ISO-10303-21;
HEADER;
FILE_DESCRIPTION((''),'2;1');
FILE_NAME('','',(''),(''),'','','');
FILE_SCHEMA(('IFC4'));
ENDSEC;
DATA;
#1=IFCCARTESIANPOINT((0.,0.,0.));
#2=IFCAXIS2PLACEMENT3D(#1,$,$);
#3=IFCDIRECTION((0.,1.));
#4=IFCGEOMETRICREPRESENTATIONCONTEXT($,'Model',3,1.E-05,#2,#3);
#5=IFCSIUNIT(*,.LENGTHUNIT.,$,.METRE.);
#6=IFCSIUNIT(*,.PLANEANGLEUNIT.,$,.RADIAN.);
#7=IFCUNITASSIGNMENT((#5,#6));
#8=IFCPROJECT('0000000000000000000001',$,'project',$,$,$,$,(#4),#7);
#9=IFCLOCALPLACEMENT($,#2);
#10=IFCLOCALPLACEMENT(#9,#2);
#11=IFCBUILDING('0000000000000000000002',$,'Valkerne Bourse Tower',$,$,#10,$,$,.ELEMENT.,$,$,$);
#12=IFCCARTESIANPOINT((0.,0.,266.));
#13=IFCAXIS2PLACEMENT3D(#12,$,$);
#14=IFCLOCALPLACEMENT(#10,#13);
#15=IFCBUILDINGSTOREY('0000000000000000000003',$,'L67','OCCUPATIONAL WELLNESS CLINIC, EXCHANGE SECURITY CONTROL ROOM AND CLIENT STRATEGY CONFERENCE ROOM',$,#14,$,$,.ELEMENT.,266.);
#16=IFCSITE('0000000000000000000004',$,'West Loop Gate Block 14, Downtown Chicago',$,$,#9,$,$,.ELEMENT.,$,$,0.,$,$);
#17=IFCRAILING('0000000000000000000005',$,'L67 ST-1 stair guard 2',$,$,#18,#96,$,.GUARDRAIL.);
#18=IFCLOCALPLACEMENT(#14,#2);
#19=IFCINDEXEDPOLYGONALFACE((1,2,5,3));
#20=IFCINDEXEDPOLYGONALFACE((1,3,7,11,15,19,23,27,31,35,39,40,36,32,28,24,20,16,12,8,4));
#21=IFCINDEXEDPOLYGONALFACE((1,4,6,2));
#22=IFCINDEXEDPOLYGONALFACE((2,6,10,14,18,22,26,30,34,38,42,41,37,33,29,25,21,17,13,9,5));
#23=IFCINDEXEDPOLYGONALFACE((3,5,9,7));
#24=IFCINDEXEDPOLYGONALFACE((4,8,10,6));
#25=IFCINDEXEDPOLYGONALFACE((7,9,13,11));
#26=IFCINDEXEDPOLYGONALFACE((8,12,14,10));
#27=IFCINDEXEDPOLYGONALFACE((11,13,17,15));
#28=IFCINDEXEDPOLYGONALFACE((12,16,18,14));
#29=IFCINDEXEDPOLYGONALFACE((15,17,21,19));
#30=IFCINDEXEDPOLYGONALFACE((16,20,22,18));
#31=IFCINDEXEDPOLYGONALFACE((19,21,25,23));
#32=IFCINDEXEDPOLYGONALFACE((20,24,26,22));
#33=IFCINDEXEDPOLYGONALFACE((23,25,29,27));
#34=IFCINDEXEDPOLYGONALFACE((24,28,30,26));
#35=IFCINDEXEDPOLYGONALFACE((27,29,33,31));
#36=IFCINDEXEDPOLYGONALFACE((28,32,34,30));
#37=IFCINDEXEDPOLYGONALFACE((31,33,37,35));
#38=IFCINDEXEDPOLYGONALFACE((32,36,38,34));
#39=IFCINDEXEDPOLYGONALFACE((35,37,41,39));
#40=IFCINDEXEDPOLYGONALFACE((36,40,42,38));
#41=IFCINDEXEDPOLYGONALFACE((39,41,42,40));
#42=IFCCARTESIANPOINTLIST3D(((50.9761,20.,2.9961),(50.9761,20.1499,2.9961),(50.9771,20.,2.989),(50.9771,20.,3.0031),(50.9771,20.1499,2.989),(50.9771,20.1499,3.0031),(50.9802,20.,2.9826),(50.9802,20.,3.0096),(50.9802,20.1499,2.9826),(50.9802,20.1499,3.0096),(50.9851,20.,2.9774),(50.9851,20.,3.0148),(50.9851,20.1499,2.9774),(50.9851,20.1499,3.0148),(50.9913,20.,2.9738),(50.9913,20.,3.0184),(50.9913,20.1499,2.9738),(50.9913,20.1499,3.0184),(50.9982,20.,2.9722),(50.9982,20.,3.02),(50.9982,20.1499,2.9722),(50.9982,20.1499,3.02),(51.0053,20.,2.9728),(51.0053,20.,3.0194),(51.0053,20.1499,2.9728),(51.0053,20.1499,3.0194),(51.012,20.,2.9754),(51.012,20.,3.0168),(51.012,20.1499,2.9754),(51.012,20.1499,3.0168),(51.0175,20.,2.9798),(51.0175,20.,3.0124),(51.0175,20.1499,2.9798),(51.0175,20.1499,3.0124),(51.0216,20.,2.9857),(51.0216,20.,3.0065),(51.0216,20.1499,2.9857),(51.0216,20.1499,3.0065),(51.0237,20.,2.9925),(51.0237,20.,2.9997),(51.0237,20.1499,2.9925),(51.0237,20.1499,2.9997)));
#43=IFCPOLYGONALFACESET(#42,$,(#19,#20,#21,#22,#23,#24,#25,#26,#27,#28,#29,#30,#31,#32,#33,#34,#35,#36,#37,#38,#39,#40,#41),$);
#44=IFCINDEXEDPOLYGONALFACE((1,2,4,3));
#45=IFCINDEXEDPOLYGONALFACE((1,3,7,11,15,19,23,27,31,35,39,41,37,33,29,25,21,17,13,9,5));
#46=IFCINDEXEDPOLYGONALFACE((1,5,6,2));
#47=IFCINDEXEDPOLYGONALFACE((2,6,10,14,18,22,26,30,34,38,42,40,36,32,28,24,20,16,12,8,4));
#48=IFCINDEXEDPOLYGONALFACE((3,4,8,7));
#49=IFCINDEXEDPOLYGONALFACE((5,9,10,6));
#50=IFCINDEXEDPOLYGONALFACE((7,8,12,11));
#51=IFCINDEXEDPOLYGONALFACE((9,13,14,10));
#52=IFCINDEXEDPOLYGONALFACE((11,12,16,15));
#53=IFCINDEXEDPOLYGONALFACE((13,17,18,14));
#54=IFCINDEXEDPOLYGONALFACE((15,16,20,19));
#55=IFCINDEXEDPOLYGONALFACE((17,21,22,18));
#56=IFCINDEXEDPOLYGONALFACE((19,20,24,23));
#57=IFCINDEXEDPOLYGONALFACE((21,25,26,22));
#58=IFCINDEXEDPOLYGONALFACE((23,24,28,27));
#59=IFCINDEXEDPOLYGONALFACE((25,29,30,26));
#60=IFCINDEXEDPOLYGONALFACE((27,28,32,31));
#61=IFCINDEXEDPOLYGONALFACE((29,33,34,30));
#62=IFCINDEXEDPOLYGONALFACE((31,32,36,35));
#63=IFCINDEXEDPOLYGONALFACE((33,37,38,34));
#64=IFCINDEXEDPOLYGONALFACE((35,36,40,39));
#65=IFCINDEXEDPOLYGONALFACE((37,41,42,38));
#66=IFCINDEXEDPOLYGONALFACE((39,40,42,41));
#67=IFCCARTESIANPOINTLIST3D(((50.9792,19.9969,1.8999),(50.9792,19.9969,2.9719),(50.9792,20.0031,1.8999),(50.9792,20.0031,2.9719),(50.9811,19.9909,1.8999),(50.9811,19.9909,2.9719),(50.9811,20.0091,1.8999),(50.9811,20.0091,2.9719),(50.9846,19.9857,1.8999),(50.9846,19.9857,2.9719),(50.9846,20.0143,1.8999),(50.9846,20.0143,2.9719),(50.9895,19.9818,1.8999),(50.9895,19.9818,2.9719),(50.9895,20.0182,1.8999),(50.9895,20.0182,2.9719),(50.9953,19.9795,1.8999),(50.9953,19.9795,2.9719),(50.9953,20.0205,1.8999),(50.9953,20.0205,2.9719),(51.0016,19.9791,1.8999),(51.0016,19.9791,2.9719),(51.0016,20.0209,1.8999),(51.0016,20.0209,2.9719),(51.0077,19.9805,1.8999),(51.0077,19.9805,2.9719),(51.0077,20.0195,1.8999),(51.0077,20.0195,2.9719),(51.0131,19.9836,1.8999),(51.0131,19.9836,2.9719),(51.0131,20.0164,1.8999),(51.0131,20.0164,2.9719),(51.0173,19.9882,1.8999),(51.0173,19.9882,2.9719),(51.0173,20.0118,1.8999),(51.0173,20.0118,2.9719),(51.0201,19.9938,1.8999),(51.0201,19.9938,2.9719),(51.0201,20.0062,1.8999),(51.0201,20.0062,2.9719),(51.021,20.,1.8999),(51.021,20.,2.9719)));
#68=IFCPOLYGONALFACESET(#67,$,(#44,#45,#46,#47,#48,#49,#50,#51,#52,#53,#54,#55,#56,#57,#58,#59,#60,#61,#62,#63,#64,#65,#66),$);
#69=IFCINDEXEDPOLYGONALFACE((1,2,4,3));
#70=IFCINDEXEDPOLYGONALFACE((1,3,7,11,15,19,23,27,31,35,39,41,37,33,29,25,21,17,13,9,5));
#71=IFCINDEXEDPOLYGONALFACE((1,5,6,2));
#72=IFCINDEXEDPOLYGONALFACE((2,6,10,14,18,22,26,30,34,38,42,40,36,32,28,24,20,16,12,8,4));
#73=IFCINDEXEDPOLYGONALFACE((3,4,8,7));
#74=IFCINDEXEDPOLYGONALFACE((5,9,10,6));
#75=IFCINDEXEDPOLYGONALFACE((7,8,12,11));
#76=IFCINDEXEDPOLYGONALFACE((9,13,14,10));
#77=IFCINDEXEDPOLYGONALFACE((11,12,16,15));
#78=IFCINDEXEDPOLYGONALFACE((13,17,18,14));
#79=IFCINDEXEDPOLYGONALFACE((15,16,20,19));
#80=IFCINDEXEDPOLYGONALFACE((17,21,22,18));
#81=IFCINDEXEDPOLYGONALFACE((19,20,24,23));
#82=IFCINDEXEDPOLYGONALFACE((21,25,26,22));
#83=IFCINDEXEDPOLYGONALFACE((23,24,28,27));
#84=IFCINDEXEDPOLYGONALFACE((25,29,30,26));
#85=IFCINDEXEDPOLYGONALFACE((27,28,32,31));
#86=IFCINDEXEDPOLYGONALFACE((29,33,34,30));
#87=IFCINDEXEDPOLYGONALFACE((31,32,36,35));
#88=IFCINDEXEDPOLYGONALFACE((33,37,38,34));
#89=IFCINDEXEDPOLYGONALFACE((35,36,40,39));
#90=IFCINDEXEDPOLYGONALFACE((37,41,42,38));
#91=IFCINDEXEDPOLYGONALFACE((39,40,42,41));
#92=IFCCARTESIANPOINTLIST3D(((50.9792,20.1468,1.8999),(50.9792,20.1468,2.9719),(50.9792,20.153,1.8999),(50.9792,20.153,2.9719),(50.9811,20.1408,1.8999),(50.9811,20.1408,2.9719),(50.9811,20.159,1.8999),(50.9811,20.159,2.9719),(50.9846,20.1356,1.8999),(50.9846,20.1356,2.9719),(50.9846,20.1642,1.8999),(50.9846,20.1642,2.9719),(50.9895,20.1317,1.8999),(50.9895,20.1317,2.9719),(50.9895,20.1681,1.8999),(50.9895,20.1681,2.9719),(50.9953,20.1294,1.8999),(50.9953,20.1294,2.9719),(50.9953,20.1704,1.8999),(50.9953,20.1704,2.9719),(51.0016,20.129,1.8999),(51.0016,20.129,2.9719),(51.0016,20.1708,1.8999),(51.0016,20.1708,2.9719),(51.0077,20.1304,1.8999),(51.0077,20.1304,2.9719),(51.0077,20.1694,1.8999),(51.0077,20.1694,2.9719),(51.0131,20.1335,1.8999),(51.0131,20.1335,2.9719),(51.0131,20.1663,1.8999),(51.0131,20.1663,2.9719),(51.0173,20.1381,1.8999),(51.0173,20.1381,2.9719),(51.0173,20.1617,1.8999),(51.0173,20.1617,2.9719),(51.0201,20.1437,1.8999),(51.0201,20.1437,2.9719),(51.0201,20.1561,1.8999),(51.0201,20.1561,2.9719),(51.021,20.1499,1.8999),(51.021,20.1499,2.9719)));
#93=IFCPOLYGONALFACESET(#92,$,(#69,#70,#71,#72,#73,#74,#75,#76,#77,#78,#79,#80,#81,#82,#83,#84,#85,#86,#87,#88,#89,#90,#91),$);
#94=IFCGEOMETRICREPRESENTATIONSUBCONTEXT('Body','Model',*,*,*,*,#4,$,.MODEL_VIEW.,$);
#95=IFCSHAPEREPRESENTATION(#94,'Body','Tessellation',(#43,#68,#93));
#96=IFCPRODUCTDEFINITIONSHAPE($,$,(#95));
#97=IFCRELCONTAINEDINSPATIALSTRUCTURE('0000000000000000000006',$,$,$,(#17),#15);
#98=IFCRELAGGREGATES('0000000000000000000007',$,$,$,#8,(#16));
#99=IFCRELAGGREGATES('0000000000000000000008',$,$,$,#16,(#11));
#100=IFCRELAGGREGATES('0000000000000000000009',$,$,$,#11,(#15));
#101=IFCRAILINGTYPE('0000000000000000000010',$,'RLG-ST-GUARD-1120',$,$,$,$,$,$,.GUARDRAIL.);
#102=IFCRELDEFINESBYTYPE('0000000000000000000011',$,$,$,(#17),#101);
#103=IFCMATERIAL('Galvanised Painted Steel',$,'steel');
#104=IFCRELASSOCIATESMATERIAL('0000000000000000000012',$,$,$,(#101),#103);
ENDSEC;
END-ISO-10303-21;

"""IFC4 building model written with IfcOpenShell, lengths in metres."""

from ifc_helpers import new_model, si_unit, direction, frame, origin, origin_2d, place, context, subcontext, project, spatial, circle, extrude, material, type_object, element, save


model = new_model("IFC4")

# Units and contexts
model_context = context("Model", 3, precision=1e-05, world=origin(), true_north=direction((0.0, 1.0)))
body_context = subcontext(model_context, "Body", "Model", "MODEL_VIEW")
ifc_project = project(units=[si_unit("LENGTHUNIT", "METRE"), si_unit("PLANEANGLEUNIT", "RADIAN")], contexts=[model_context])

# Site, building, storey
site_placement = place(None, origin())
site = spatial("IfcSite", under=ifc_project, at=site_placement, Name="West Loop Gate Block 14, Downtown Chicago", CompositionType="ELEMENT", RefElevation=0.0)
building_placement = place(site_placement, origin())
building = spatial("IfcBuilding", under=site, at=building_placement, Name="Valkerne Bourse Tower", CompositionType="ELEMENT")
storey_placement = place(building_placement, frame((0.0, 0.0, 266.0)))
storey = spatial("IfcBuildingStorey", under=building, at=storey_placement, Name="L67", Description="OCCUPATIONAL WELLNESS CLINIC, EXCHANGE SECURITY CONTROL ROOM AND CLIENT STRATEGY CONFERENCE ROOM", CompositionType="ELEMENT", Elevation=266.0)

# Shared definitions
ifc_material_1 = material(Name="Galvanised Painted Steel", Category="steel")

# Railing
railing_type_1 = type_object("IfcRailingType", Name="RLG-ST-GUARD-1120", PredefinedType="GUARDRAIL", material=ifc_material_1)
railing_1_placement = place(storey_placement, frame((51.0, 20.0, 1.8999)))
element("IfcRailing", 1, at=railing_1_placement, inside=storey, type_object=railing_type_1, Name="L67 ST-1 stair guard 2", PredefinedType="GUARDRAIL", context=body_context, shape_type="SweptSolid", body=[
    extrude(circle(Radius=0.0239, at=origin_2d()), frame((0.0, 0.0, 1.0962), z_axis=(0.0, 1.0, 0.0), x_axis=(-1.0, 0.0, 0.0)), (0.0, 0.0, 1.0), 0.1499),
    extrude(circle(Radius=0.021, at=origin_2d()), origin(), (0.0, 0.0, 1.0), 1.072),
    extrude(circle(Radius=0.021, at=origin_2d()), frame((0.0, 0.1499, 0.0)), (0.0, 0.0, 1.0), 1.072),
])

save(model, "model.ifc")
